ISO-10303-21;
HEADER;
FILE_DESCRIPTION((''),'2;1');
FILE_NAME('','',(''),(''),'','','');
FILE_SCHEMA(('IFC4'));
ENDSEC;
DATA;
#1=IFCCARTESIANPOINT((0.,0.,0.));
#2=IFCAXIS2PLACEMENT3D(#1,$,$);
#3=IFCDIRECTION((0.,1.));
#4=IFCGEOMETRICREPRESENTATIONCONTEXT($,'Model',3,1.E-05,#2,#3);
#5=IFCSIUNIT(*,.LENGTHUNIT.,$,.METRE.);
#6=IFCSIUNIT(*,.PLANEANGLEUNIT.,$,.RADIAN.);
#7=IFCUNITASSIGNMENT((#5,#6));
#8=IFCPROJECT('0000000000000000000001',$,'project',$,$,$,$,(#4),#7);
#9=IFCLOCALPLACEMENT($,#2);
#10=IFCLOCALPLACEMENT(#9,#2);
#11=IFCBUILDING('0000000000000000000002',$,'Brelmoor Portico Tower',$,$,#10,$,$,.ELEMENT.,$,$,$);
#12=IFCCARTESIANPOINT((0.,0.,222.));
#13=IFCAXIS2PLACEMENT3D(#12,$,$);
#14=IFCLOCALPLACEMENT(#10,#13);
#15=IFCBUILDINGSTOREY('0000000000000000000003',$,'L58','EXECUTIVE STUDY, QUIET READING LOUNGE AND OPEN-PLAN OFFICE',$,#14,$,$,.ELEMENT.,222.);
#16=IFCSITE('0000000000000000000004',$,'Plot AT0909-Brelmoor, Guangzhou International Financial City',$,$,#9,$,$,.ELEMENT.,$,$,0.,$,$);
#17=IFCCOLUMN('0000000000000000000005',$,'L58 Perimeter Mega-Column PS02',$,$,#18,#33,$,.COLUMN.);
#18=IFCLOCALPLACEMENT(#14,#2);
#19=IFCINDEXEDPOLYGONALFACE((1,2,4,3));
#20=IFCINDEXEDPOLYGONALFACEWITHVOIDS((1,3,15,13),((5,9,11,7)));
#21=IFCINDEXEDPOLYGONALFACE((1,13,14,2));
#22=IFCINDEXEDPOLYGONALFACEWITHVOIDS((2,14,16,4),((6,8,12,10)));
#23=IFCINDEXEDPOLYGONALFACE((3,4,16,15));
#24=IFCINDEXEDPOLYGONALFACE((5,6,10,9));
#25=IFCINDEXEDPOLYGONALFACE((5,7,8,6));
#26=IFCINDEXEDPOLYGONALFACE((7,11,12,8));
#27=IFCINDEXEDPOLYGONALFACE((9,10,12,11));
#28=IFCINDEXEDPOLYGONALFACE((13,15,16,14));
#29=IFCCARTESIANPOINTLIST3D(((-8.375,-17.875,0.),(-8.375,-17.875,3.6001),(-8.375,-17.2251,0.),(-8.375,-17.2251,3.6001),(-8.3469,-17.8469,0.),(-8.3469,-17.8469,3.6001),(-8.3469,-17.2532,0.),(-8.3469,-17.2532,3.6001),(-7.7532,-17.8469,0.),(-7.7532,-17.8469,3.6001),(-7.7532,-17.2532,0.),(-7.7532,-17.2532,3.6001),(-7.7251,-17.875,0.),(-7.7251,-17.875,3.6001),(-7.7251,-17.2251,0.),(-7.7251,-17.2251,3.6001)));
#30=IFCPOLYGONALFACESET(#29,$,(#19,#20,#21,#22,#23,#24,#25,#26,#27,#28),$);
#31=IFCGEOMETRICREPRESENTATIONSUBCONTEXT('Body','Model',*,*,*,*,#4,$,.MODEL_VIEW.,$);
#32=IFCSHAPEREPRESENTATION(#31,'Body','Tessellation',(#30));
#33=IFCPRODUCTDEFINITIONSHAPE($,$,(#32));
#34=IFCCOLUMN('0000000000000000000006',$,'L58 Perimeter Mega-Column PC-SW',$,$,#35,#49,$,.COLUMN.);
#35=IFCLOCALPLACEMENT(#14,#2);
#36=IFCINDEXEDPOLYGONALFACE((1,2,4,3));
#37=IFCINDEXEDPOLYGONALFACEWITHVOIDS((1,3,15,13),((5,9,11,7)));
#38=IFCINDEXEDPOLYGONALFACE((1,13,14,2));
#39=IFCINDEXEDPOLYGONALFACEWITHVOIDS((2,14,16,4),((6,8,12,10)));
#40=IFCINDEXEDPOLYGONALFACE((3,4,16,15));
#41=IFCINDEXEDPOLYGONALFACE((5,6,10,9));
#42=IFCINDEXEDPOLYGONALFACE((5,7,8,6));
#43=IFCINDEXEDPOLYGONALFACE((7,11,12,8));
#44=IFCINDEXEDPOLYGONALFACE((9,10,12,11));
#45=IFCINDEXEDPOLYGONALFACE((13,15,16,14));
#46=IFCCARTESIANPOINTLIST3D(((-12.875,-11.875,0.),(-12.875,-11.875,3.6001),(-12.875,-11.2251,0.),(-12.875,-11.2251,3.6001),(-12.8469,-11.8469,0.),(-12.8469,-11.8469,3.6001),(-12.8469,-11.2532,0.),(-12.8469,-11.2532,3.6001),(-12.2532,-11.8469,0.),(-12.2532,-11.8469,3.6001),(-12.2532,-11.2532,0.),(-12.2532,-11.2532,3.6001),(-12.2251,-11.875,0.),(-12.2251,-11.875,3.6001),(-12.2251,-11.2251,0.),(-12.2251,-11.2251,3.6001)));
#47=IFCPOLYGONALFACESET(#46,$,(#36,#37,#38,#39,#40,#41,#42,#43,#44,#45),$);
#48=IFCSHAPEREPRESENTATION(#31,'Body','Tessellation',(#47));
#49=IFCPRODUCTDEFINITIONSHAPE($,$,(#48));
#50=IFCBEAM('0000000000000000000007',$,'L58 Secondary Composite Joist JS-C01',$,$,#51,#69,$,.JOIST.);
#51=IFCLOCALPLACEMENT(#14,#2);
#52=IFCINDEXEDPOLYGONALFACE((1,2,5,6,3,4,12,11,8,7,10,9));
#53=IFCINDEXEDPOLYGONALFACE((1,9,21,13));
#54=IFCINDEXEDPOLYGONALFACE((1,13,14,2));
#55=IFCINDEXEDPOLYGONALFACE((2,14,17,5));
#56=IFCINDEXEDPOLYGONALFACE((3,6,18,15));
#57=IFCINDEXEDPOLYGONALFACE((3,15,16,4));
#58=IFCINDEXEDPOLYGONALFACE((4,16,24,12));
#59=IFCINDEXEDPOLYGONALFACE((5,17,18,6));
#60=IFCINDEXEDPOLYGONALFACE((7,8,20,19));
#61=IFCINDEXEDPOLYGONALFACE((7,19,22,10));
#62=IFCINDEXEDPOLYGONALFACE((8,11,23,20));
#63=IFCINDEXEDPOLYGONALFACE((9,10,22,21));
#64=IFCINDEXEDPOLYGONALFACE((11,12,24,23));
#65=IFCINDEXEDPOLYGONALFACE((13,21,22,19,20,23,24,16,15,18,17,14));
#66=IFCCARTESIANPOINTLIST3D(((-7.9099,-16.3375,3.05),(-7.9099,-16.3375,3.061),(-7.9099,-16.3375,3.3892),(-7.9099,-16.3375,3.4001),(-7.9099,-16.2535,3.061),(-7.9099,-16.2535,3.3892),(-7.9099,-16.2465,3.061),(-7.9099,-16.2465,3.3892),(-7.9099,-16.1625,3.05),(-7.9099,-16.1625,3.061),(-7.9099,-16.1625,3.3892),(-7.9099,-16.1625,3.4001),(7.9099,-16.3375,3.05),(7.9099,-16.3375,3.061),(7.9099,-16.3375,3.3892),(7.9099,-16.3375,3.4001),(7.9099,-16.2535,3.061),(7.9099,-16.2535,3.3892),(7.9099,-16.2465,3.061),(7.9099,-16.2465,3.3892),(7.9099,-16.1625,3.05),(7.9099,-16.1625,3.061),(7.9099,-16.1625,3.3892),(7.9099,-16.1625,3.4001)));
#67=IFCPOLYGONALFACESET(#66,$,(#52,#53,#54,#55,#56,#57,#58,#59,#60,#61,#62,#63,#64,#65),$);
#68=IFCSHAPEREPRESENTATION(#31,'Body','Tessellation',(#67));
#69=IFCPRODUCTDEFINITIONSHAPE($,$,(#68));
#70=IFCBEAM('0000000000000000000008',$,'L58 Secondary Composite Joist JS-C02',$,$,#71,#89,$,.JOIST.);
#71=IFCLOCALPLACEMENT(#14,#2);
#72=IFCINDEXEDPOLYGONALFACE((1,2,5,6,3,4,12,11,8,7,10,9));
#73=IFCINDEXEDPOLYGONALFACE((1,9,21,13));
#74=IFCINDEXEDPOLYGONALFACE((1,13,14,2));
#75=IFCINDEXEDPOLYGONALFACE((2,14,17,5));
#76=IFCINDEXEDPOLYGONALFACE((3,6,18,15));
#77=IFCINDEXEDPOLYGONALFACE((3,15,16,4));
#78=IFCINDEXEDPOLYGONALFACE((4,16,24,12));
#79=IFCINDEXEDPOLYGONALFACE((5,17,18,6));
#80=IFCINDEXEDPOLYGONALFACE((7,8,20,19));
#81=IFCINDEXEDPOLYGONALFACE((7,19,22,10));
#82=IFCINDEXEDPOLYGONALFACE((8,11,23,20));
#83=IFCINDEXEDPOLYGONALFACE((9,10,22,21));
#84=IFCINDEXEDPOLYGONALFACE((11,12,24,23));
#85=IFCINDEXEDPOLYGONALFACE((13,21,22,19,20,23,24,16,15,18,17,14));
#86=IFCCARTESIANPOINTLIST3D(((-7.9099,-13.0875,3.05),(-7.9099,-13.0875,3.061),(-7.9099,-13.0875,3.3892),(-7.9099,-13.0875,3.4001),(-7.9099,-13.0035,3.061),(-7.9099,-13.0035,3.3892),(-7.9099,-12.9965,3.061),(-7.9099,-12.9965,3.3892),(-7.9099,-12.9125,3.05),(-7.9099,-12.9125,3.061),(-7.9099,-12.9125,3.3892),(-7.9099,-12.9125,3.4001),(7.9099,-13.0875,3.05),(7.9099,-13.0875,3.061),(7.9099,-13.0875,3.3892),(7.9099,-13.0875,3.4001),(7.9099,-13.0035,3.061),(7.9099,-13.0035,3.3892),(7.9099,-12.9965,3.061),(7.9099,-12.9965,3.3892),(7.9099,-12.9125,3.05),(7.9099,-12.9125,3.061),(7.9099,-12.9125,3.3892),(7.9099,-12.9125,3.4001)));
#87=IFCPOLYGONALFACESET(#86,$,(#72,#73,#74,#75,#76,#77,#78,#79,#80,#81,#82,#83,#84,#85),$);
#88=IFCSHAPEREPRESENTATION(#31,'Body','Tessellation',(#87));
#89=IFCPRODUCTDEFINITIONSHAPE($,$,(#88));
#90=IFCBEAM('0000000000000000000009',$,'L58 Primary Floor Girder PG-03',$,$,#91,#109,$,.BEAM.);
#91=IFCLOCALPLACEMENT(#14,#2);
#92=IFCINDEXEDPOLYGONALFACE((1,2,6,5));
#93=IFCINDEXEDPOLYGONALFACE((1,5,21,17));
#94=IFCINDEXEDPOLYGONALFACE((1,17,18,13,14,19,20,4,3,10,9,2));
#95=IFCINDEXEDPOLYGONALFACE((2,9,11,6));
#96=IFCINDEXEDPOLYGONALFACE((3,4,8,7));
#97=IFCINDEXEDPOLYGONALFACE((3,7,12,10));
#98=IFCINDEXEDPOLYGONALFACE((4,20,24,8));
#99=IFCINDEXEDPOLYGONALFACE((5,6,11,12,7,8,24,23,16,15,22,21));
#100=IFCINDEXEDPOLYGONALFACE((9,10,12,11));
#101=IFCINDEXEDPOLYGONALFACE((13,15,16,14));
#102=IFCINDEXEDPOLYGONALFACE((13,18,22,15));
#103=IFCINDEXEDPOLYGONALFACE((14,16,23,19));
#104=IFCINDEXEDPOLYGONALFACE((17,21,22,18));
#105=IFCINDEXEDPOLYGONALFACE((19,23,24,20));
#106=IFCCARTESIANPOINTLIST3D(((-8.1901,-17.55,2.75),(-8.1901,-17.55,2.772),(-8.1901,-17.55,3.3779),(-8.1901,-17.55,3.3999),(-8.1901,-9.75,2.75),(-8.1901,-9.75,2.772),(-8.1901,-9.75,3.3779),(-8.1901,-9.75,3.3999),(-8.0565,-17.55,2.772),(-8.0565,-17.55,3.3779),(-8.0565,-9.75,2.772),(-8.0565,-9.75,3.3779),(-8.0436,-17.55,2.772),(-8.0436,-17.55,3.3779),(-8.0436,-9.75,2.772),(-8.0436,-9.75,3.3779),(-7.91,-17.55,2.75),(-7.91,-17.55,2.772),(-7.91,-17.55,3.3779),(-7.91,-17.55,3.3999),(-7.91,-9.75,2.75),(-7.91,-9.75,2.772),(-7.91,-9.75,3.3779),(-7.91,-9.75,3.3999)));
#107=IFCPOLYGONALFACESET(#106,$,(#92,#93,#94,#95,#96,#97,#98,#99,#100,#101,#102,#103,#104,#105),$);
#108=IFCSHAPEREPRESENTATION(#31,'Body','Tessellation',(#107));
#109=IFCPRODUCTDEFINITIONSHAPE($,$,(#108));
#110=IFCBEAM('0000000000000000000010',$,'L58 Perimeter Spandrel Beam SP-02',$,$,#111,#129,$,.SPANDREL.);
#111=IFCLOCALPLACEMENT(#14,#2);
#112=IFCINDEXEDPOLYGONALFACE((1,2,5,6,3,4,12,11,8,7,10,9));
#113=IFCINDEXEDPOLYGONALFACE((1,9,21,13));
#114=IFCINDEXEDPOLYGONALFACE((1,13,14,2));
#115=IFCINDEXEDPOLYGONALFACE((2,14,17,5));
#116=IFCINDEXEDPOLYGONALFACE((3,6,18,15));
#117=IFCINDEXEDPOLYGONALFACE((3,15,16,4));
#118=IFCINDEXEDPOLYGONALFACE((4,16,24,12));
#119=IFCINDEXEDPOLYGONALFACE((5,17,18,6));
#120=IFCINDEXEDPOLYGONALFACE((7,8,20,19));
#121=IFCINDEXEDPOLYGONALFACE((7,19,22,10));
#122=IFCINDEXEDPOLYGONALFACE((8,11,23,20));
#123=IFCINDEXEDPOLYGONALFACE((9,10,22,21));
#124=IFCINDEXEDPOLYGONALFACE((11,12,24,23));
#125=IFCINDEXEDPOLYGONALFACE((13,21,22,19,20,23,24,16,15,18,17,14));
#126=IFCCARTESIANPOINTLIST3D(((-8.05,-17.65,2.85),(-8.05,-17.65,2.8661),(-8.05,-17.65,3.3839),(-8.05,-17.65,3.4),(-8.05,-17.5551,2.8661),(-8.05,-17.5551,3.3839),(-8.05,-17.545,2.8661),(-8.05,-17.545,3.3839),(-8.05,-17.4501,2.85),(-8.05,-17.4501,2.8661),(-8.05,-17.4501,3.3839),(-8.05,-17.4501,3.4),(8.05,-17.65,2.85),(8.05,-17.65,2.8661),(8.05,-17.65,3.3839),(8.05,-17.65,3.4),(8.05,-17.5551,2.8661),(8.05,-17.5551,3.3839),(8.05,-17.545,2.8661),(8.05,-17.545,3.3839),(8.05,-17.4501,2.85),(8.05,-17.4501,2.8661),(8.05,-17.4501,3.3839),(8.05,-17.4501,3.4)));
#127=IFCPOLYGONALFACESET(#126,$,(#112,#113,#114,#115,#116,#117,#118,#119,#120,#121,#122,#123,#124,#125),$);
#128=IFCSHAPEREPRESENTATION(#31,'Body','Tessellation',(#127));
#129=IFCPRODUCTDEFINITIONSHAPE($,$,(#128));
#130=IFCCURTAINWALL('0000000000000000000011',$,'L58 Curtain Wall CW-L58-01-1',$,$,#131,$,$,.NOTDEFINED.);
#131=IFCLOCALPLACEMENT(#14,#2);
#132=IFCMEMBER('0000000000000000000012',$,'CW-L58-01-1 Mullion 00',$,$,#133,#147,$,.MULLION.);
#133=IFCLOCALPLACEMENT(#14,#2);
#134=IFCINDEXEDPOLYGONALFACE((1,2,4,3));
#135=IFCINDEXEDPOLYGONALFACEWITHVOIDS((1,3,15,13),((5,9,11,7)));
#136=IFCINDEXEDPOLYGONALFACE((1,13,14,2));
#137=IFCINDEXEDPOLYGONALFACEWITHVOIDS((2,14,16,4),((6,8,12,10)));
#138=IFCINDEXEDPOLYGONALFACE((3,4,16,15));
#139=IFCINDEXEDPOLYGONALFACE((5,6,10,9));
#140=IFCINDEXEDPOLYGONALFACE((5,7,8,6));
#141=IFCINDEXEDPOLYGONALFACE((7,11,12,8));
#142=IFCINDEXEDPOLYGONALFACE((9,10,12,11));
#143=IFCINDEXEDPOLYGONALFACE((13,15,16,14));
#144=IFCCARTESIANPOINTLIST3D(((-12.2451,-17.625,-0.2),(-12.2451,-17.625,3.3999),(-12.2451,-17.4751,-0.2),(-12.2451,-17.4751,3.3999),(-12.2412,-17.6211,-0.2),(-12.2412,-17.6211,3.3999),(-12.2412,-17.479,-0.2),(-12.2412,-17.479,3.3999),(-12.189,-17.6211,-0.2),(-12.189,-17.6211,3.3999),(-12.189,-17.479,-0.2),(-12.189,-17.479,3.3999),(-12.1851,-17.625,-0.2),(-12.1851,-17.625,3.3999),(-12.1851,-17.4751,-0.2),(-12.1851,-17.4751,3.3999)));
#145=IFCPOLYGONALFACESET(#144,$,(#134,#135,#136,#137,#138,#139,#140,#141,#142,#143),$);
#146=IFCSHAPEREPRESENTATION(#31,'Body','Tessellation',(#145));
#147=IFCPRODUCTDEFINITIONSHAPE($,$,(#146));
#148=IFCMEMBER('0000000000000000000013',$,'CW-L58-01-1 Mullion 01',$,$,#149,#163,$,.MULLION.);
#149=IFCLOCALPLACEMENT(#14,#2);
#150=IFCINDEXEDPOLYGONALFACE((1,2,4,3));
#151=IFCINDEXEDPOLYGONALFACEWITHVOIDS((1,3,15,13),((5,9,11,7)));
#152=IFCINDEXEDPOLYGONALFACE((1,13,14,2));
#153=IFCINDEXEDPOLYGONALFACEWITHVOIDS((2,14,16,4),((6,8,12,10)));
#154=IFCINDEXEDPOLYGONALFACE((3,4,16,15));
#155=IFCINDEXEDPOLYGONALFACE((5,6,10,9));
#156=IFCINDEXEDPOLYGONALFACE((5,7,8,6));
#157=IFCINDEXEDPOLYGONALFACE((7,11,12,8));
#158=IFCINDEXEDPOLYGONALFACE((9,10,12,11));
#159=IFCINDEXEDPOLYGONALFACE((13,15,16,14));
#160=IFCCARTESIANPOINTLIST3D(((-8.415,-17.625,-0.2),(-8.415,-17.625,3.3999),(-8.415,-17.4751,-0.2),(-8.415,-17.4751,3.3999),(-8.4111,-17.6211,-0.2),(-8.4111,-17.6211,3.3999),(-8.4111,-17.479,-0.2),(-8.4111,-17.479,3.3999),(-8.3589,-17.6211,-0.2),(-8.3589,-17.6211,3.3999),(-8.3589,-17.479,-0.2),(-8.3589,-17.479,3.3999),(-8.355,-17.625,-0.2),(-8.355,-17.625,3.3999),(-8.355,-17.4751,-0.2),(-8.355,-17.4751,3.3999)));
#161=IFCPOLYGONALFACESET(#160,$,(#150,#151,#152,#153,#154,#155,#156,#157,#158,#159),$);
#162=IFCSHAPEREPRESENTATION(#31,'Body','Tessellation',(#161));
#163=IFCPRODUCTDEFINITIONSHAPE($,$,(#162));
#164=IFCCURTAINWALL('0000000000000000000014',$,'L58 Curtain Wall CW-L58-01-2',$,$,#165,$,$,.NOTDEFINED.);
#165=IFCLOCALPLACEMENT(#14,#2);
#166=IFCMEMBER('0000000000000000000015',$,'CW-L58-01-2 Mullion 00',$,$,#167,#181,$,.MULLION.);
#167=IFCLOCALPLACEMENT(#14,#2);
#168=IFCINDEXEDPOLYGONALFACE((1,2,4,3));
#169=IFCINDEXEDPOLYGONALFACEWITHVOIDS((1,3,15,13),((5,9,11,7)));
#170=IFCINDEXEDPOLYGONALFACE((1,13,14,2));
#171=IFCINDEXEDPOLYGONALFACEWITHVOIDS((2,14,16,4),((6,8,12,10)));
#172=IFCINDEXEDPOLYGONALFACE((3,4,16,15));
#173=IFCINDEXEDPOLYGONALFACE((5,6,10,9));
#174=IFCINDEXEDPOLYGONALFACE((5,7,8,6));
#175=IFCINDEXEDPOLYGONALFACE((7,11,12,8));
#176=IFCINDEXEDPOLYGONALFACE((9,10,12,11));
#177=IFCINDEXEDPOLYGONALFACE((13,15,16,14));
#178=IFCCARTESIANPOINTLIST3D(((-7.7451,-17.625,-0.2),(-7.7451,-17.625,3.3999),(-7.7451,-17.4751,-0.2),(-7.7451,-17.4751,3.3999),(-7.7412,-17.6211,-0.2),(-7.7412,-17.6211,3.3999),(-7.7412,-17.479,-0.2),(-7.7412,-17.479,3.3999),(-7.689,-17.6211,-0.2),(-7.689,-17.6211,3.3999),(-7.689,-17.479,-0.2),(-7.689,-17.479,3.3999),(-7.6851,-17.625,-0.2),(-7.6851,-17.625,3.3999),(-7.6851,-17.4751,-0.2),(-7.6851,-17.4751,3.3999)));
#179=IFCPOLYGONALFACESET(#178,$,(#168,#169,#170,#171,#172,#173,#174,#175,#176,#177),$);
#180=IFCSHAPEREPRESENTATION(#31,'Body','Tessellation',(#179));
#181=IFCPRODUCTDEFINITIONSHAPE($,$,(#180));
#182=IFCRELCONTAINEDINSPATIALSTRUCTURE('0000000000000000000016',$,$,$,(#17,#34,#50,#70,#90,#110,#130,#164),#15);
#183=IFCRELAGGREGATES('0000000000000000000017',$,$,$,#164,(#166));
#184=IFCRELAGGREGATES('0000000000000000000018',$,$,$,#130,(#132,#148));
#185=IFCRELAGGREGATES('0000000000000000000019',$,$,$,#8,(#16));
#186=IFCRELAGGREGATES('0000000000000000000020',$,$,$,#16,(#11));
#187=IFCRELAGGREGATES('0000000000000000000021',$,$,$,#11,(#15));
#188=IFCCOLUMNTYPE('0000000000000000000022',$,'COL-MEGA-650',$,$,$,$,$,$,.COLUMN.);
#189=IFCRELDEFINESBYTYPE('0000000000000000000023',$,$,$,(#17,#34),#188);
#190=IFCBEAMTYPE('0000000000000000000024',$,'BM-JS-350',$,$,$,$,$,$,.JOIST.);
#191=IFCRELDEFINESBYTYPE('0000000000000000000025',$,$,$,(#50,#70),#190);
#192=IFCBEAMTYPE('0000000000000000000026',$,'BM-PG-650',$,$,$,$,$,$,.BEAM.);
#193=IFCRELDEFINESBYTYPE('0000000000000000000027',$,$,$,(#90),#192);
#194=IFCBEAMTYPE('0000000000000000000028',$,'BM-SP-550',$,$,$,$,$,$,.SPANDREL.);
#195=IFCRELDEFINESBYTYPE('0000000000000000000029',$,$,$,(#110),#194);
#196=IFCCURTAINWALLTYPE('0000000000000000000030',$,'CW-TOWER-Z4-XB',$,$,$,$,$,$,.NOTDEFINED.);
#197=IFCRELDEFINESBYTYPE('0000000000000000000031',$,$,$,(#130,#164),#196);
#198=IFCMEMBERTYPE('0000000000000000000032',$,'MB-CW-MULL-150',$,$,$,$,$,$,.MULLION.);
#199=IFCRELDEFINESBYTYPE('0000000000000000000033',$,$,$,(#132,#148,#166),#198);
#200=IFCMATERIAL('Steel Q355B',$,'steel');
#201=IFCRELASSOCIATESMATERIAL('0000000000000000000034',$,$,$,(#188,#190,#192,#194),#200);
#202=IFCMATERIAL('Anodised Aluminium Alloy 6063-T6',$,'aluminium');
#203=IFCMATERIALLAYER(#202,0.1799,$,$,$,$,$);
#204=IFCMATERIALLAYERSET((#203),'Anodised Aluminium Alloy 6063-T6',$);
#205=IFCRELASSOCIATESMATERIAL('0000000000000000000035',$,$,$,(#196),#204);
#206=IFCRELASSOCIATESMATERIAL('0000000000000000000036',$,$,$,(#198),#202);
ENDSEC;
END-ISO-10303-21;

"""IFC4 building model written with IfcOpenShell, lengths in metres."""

from ifc_helpers import new_model, si_unit, direction, frame, origin, origin_2d, place, context, subcontext, project, spatial, hollow_rectangle, i_section, extrude, material, layer, layer_set, material_profile, profile_set, type_object, element, aggregate, save


model = new_model("IFC4")

# Units and contexts
model_context = context("Model", 3, precision=1e-05, world=origin(), true_north=direction((0.0, 1.0)))
body_context = subcontext(model_context, "Body", "Model", "MODEL_VIEW")
ifc_project = project(units=[si_unit("LENGTHUNIT", "METRE"), si_unit("PLANEANGLEUNIT", "RADIAN")], contexts=[model_context])

# Site, building, storey
site_placement = place(None, origin())
site = spatial("IfcSite", under=ifc_project, at=site_placement, Name="Plot AT0909-Brelmoor, Guangzhou International Financial City", CompositionType="ELEMENT", RefElevation=0.0)
building_placement = place(site_placement, origin())
building = spatial("IfcBuilding", under=site, at=building_placement, Name="Brelmoor Portico Tower", CompositionType="ELEMENT")
storey_placement = place(building_placement, frame((0.0, 0.0, 222.0)))
storey = spatial("IfcBuildingStorey", under=building, at=storey_placement, Name="L58", Description="EXECUTIVE STUDY, QUIET READING LOUNGE AND OPEN-PLAN OFFICE", CompositionType="ELEMENT", Elevation=222.0)

# Columns
ifc_material_1 = material(Name="Steel Q355B", Category="steel")
ifc_material_profile_1 = material_profile(ifc_material_1, hollow_rectangle(XDim=0.6499, YDim=0.6499, WallThickness=0.0281, at=origin_2d()), Name="BOX 650x650x28")
ifc_profile_set_1 = profile_set([ifc_material_profile_1], Name="Steel Q355B")
column_type = type_object("IfcColumnType", Name="COL-MEGA-650", PredefinedType="COLUMN", material=ifc_profile_set_1)
for number, where, z_axis, x_axis, name in (
    (1, (-8.05, -17.55, 0.0), (0.0, 0.0, 1.0), (1.0, 0.0, 0.0), "L58 Perimeter Mega-Column PS02"),
    (2, (-12.55, -11.55, 0.0), (0.0, 0.0, 1.0), (1.0, 0.0, 0.0), "L58 Perimeter Mega-Column PC-SW"),
):
    element("IfcColumn", number, at=place(storey_placement, frame(where, z_axis=z_axis, x_axis=x_axis)), inside=storey, type_object=column_type, Name=name, PredefinedType="COLUMN", context=body_context, shape_type="SweptSolid", body=[
        extrude(hollow_rectangle(XDim=0.6499, YDim=0.6499, WallThickness=0.0281, at=origin_2d()), origin(), (0.0, 0.0, 1.0), 3.6001),
    ])

# Beams
ifc_material_profile_2 = material_profile(ifc_material_1, i_section(OverallWidth=0.175, OverallDepth=0.3501, WebThickness=0.0071, FlangeThickness=0.011, at=origin_2d()), Name="HN 350x175x7x11")
ifc_profile_set_2 = profile_set([ifc_material_profile_2], Name="Steel Q355B")
beam_type_1 = type_object("IfcBeamType", Name="BM-JS-350", PredefinedType="JOIST", material=ifc_profile_set_2)
for number, where, z_axis, x_axis, name in (
    (3, (-7.9099, -16.25, 3.2251), (1.0, 0.0, 0.0), (0.0, 1.0, 0.0), "L58 Secondary Composite Joist JS-C01"),
    (4, (-7.9099, -13.0, 3.2251), (1.0, 0.0, 0.0), (0.0, 1.0, 0.0), "L58 Secondary Composite Joist JS-C02"),
):
    element("IfcBeam", number, at=place(storey_placement, frame(where, z_axis=z_axis, x_axis=x_axis)), inside=storey, type_object=beam_type_1, Name=name, PredefinedType="JOIST", context=body_context, shape_type="SweptSolid", body=[
        extrude(i_section(OverallWidth=0.175, OverallDepth=0.3501, WebThickness=0.0071, FlangeThickness=0.011, at=origin_2d()), origin(), (0.0, 0.0, 1.0), 15.8198),
    ])
ifc_material_profile_3 = material_profile(ifc_material_1, i_section(OverallWidth=0.28, OverallDepth=0.6499, WebThickness=0.0129, FlangeThickness=0.022, at=origin_2d()), Name="HN 650x280x13x22")
ifc_profile_set_3 = profile_set([ifc_material_profile_3], Name="Steel Q355B")
beam_type_2 = type_object("IfcBeamType", Name="BM-PG-650", PredefinedType="BEAM", material=ifc_profile_set_3)
beam_1_placement = place(storey_placement, frame((-8.05, -17.55, 3.075), z_axis=(0.0, 1.0, 0.0), x_axis=(-1.0, 0.0, 0.0)))
element("IfcBeam", 5, at=beam_1_placement, inside=storey, type_object=beam_type_2, Name="L58 Primary Floor Girder PG-03", PredefinedType="BEAM", context=body_context, shape_type="SweptSolid", body=[
    extrude(i_section(OverallWidth=0.28, OverallDepth=0.6499, WebThickness=0.0129, FlangeThickness=0.022, at=origin_2d()), origin(), (0.0, 0.0, 1.0), 7.8),
])
ifc_material_profile_4 = material_profile(ifc_material_1, i_section(OverallWidth=0.2, OverallDepth=0.55, WebThickness=0.01, FlangeThickness=0.0161, at=origin_2d()), Name="HN 550x200x10x16")
ifc_profile_set_4 = profile_set([ifc_material_profile_4], Name="Steel Q355B")
beam_type_3 = type_object("IfcBeamType", Name="BM-SP-550", PredefinedType="SPANDREL", material=ifc_profile_set_4)
beam_2_placement = place(storey_placement, frame((-8.05, -17.55, 3.125), z_axis=(1.0, 0.0, 0.0), x_axis=(0.0, 1.0, 0.0)))
element("IfcBeam", 6, at=beam_2_placement, inside=storey, type_object=beam_type_3, Name="L58 Perimeter Spandrel Beam SP-02", PredefinedType="SPANDREL", context=body_context, shape_type="SweptSolid", body=[
    extrude(i_section(OverallWidth=0.2, OverallDepth=0.55, WebThickness=0.01, FlangeThickness=0.0161, at=origin_2d()), origin(), (0.0, 0.0, 1.0), 16.1001),
])

# Curtain wall, members
ifc_material_2 = material(Name="Anodised Aluminium Alloy 6063-T6", Category="aluminium")
ifc_layer_1 = layer(ifc_material_2, 0.1799)
ifc_layer_set_1 = layer_set([ifc_layer_1], Name="Anodised Aluminium Alloy 6063-T6")
curtain_wall_type_1 = type_object("IfcCurtainWallType", Name="CW-TOWER-Z4-XB", PredefinedType="NOTDEFINED", material=ifc_layer_set_1)
curtain_wall_1_placement = place(storey_placement, origin())
curtain_wall_1 = element("IfcCurtainWall", 7, at=curtain_wall_1_placement, inside=storey, type_object=curtain_wall_type_1, Name="L58 Curtain Wall CW-L58-01-1", PredefinedType="NOTDEFINED")
ifc_material_profile_5 = material_profile(ifc_material_2, hollow_rectangle(XDim=0.0601, YDim=0.1499, WallThickness=0.0039, at=origin_2d()), Name="ALU MULLION 60x150")
ifc_profile_set_5 = profile_set([ifc_material_profile_5], Name="Anodised Aluminium Alloy 6063-T6")
member_type_1 = type_object("IfcMemberType", Name="MB-CW-MULL-150", PredefinedType="MULLION", material=ifc_profile_set_5)
member_1_placement = place(storey_placement, frame((-12.2151, -17.55, -0.2), z_axis=(0.0, 0.0, 1.0), x_axis=(1.0, 0.0, 0.0)))
member_1 = element("IfcMember", 8, at=member_1_placement, type_object=member_type_1, Name="CW-L58-01-1 Mullion 00", PredefinedType="MULLION", context=body_context, shape_type="SweptSolid", body=[
    extrude(hollow_rectangle(XDim=0.0601, YDim=0.1499, WallThickness=0.0039, at=origin_2d()), origin(), (0.0, 0.0, 1.0), 3.5999),
])
member_2_placement = place(storey_placement, frame((-8.385, -17.55, -0.2), z_axis=(0.0, 0.0, 1.0), x_axis=(1.0, 0.0, 0.0)))
member_2 = element("IfcMember", 9, at=member_2_placement, type_object=member_type_1, Name="CW-L58-01-1 Mullion 01", PredefinedType="MULLION", context=body_context, shape_type="SweptSolid", body=[
    extrude(hollow_rectangle(XDim=0.0601, YDim=0.1499, WallThickness=0.0039, at=origin_2d()), origin(), (0.0, 0.0, 1.0), 3.5999),
])

# Curtain wall, member
curtain_wall_2_placement = place(storey_placement, origin())
curtain_wall_2 = element("IfcCurtainWall", 10, at=curtain_wall_2_placement, inside=storey, type_object=curtain_wall_type_1, Name="L58 Curtain Wall CW-L58-01-2", PredefinedType="NOTDEFINED")
member_3_placement = place(storey_placement, frame((-7.7151, -17.55, -0.2), z_axis=(0.0, 0.0, 1.0), x_axis=(1.0, 0.0, 0.0)))
member_3 = element("IfcMember", 11, at=member_3_placement, type_object=member_type_1, Name="CW-L58-01-2 Mullion 00", PredefinedType="MULLION", context=body_context, shape_type="SweptSolid", body=[
    extrude(hollow_rectangle(XDim=0.0601, YDim=0.1499, WallThickness=0.0039, at=origin_2d()), origin(), (0.0, 0.0, 1.0), 3.5999),
])

aggregate(curtain_wall_2, [member_3])

aggregate(curtain_wall_1, [member_1, member_2])

save(model, "model.ifc")
